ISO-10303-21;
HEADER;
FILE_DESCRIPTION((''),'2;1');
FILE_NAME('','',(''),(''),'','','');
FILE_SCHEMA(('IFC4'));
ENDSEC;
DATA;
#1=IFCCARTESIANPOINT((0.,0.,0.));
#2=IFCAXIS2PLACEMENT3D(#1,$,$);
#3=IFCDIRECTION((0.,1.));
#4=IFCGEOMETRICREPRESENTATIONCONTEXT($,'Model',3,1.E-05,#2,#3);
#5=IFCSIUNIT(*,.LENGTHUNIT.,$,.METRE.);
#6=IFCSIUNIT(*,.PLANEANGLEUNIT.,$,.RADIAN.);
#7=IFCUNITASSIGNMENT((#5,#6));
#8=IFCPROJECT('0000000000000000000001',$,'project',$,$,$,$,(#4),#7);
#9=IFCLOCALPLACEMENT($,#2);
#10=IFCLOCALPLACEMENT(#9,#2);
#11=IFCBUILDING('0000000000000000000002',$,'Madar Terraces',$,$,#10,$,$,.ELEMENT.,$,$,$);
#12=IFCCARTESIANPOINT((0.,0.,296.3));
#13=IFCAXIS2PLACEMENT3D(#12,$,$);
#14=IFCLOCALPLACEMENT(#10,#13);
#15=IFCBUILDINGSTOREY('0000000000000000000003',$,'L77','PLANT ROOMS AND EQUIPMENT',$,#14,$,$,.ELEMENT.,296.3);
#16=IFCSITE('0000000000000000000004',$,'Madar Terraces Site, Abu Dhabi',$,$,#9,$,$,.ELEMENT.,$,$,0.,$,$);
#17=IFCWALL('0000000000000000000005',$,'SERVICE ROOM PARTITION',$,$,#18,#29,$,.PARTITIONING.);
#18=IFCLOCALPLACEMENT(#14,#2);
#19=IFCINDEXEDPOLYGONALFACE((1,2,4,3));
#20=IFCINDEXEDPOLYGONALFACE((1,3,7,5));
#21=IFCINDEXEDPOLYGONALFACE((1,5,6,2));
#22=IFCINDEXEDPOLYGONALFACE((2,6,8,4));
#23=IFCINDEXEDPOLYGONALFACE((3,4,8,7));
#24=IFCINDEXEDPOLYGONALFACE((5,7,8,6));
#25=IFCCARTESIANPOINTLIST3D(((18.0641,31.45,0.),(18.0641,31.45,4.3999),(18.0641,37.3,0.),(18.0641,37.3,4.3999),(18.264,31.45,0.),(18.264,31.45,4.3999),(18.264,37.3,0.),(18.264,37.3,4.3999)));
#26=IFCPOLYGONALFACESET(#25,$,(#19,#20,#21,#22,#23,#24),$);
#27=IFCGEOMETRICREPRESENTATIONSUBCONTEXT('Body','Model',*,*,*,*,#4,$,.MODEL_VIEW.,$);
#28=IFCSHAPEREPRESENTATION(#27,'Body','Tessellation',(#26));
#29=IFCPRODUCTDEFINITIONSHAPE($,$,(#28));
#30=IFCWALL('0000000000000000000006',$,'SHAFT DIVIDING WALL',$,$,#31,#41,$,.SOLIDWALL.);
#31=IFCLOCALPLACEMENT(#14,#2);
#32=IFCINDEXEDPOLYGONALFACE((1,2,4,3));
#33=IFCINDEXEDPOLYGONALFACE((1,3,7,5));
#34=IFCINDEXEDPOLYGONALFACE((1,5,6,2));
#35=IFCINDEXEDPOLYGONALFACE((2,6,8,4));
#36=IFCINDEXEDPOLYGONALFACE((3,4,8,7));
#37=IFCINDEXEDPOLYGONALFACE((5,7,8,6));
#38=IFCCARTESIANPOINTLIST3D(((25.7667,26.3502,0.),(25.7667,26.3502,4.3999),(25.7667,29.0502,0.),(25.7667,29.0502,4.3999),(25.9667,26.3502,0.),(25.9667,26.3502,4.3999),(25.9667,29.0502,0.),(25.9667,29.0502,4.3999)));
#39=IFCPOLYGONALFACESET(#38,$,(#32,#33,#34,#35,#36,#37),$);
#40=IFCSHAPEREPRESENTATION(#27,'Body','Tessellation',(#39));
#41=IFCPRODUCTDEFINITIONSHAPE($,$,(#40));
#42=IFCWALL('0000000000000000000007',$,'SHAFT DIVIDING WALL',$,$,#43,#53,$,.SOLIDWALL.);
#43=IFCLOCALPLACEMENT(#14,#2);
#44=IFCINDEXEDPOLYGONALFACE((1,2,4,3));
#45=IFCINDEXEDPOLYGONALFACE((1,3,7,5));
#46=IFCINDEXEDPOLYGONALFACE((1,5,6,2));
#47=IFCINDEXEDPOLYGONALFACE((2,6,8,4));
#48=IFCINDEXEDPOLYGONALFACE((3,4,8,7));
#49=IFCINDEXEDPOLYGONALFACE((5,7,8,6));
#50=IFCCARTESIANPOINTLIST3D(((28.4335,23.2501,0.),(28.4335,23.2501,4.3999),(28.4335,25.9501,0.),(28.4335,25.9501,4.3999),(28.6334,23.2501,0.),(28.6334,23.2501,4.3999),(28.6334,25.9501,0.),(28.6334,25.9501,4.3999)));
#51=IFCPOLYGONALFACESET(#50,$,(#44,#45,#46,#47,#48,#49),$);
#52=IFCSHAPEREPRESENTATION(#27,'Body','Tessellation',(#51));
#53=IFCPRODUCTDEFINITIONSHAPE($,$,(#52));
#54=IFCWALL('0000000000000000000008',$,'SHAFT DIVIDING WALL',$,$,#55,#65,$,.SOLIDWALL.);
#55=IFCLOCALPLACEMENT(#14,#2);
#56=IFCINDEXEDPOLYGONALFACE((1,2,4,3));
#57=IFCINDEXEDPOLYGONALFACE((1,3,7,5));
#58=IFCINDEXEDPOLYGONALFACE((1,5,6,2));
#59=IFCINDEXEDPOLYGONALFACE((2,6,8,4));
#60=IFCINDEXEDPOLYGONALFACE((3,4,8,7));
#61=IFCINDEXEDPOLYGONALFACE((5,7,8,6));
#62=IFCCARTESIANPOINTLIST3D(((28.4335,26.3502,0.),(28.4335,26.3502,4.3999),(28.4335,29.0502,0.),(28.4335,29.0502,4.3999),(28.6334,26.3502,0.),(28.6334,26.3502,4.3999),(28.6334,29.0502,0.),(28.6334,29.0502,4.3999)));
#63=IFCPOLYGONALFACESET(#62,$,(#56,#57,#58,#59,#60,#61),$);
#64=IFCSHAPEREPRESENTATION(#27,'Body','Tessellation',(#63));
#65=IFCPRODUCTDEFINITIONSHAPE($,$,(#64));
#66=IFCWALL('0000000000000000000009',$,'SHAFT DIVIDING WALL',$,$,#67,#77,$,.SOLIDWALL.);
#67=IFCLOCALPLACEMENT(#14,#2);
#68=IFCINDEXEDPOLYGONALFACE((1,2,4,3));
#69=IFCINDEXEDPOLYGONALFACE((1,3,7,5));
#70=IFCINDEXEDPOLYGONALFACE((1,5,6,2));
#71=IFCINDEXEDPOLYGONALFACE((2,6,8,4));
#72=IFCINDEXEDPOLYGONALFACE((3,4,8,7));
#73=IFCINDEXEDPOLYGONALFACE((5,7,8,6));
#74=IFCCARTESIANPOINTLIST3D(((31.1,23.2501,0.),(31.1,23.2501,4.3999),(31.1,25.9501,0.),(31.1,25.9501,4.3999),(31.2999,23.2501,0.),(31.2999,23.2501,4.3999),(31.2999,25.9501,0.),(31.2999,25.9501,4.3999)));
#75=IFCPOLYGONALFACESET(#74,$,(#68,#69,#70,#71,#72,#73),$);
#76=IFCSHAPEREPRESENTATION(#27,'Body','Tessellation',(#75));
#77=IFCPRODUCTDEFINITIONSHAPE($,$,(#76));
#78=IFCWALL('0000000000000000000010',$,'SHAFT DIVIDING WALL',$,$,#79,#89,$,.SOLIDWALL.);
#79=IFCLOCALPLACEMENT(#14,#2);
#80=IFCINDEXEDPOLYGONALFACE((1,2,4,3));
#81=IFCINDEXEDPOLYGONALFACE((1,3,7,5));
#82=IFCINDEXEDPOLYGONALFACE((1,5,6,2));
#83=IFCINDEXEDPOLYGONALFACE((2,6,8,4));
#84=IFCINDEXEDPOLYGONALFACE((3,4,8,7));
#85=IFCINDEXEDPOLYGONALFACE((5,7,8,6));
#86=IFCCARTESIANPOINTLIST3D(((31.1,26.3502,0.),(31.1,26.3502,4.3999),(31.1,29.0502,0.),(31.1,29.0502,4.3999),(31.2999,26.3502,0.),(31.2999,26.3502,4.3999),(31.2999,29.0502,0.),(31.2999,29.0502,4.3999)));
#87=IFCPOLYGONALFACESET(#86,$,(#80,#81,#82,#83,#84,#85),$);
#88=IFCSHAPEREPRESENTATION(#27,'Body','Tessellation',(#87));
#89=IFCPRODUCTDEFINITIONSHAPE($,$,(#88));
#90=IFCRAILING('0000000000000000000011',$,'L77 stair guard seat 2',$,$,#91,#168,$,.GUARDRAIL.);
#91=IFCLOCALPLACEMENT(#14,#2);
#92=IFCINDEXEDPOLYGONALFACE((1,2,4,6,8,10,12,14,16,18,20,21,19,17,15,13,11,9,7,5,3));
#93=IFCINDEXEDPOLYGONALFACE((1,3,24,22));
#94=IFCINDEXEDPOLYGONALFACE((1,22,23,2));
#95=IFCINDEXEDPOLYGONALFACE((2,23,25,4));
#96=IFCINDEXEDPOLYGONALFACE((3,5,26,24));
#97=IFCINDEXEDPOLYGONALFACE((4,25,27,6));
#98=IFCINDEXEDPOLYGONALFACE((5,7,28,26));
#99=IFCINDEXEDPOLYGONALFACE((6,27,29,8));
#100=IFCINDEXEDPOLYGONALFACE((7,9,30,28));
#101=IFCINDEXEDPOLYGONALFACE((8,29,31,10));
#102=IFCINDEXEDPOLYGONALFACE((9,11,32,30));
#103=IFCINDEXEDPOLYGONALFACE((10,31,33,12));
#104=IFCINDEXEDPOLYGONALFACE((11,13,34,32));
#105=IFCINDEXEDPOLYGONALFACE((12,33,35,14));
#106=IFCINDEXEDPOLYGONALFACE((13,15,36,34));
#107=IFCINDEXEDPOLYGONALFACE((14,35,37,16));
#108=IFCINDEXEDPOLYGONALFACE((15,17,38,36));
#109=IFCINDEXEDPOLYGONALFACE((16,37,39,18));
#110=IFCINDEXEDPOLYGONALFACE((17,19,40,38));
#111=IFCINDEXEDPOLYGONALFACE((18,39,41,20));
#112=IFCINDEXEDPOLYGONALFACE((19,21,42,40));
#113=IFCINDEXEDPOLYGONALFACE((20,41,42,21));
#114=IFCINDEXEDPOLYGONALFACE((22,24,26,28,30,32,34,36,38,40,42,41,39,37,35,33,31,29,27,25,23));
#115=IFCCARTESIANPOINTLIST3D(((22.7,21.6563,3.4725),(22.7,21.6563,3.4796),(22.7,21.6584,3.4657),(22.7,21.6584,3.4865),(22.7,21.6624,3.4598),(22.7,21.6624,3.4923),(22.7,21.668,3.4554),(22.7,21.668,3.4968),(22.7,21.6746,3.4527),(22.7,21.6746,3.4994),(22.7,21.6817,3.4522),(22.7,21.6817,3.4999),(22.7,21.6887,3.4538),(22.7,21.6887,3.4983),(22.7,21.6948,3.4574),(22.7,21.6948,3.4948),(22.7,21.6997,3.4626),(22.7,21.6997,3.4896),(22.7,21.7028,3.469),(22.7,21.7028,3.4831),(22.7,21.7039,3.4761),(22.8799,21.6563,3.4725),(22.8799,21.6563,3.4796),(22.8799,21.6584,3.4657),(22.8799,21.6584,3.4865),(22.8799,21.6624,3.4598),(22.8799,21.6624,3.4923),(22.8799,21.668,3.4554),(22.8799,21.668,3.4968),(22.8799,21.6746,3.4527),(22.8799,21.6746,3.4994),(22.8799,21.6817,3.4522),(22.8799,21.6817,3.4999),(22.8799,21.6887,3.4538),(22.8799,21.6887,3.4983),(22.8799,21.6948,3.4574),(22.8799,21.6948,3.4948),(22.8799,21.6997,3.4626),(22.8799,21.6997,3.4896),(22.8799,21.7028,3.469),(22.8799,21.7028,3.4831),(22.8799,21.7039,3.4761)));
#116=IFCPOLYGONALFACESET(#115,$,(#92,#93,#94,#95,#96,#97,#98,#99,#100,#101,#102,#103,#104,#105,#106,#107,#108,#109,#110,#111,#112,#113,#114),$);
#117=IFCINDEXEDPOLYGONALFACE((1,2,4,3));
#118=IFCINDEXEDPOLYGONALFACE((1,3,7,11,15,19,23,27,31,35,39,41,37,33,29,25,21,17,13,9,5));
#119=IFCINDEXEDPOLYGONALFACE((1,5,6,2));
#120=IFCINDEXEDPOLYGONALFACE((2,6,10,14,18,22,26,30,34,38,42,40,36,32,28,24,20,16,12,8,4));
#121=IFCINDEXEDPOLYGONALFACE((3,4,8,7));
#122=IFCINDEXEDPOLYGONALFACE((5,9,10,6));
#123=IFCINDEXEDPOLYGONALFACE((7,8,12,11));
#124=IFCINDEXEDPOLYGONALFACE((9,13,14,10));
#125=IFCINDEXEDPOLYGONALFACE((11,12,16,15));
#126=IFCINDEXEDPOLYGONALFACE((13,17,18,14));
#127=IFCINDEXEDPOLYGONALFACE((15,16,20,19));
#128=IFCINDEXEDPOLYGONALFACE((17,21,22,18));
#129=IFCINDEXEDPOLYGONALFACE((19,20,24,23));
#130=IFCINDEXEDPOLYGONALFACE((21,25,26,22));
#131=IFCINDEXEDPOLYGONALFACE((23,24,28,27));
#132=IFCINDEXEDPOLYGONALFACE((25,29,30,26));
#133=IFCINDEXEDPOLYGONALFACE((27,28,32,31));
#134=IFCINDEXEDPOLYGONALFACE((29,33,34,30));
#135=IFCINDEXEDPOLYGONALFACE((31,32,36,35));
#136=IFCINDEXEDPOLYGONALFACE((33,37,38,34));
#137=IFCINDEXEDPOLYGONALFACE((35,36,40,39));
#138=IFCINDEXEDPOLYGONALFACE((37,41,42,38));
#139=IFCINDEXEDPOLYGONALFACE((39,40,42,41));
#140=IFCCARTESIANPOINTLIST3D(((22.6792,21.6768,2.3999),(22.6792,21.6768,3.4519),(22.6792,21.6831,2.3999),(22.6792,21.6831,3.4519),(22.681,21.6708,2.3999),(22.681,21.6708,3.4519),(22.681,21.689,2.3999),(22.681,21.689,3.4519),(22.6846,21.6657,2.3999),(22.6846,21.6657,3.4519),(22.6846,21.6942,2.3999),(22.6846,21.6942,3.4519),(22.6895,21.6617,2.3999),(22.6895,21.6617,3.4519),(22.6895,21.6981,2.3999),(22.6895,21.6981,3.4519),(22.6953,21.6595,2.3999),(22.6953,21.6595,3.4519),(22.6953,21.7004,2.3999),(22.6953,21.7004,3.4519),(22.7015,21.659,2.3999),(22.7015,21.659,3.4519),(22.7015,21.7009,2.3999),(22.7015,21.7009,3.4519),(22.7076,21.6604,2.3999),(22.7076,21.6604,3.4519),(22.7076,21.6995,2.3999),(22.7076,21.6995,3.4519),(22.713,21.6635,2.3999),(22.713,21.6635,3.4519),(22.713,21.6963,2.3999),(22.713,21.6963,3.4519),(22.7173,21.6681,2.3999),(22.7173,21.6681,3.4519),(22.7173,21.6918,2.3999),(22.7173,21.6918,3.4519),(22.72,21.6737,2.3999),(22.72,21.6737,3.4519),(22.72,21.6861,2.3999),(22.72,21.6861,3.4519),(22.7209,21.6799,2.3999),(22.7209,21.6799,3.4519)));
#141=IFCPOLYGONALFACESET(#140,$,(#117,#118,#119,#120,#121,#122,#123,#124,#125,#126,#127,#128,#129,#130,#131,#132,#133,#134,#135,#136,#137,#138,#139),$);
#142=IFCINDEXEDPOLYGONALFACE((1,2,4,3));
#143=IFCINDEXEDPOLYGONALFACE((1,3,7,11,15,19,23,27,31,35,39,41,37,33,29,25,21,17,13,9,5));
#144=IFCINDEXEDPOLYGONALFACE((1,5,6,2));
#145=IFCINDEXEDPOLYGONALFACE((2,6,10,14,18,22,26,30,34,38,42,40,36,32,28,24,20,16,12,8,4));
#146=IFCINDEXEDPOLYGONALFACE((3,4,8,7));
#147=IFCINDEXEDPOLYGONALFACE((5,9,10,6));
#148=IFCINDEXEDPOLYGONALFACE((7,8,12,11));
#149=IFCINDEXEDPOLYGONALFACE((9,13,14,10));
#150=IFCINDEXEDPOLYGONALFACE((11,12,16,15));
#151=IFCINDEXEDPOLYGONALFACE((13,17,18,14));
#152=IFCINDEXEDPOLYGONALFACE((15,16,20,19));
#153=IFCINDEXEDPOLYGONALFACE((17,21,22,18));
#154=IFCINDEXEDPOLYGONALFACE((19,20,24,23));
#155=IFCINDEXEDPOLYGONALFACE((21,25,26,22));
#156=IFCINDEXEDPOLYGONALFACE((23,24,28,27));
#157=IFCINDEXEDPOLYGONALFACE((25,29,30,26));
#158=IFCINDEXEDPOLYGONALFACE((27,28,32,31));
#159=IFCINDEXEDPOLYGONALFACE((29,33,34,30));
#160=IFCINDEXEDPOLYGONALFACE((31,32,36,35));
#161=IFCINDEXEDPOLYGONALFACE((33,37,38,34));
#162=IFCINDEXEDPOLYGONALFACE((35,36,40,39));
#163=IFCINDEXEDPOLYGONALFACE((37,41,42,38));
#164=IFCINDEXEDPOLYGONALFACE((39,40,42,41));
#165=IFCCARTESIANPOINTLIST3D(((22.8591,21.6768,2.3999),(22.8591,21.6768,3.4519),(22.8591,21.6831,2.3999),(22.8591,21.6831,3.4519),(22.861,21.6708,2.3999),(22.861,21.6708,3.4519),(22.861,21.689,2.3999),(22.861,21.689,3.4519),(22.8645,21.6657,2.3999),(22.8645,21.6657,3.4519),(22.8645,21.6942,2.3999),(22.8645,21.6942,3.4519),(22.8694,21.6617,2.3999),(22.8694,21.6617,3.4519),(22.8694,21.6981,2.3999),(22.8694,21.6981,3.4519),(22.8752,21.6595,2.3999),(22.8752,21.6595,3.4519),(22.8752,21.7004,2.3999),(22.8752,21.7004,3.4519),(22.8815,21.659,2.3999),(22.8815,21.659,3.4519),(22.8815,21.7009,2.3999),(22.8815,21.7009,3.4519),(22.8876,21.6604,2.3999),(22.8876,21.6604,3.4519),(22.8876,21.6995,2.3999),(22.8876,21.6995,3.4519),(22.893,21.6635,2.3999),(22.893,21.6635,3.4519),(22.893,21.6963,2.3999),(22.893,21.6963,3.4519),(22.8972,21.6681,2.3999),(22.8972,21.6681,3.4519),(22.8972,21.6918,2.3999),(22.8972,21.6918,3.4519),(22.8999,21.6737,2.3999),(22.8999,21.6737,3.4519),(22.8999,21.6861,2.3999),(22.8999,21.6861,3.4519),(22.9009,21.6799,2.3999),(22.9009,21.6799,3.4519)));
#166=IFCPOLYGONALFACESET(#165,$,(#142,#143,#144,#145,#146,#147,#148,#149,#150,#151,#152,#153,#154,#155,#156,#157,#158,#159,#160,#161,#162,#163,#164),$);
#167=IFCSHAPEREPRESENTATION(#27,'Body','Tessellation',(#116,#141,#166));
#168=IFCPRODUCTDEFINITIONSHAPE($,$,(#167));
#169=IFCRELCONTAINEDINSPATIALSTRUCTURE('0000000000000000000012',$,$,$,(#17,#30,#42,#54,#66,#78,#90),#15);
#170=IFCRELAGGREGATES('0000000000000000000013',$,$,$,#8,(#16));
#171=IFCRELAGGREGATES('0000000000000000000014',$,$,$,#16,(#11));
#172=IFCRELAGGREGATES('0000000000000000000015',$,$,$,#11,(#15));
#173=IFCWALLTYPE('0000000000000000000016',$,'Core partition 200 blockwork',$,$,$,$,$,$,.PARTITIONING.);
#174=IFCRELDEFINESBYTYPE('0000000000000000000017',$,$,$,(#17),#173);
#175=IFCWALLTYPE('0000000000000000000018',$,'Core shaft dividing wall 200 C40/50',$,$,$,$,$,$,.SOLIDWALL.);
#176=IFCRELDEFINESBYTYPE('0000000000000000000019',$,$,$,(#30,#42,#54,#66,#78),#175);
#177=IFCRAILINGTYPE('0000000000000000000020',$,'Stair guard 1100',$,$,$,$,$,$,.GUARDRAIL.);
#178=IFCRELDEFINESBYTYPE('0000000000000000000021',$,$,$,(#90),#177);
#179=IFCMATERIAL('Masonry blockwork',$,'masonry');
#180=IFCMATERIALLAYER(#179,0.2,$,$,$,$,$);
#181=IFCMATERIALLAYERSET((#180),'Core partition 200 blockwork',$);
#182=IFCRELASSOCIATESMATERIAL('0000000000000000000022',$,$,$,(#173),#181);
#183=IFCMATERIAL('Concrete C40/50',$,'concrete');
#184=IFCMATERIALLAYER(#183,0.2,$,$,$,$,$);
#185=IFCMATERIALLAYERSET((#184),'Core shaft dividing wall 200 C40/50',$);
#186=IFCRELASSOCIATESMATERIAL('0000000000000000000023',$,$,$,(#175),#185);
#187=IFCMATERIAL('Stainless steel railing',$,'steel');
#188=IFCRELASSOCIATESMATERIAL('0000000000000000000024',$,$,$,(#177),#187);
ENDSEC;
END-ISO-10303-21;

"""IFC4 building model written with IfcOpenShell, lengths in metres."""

from ifc_helpers import new_model, si_unit, direction, frame, frame_2d, origin, origin_2d, place, context, subcontext, project, spatial, rectangle, circle, extrude, material, layer, layer_set, type_object, element, save


model = new_model("IFC4")

# Units and contexts
model_context = context("Model", 3, precision=1e-05, world=origin(), true_north=direction((0.0, 1.0)))
body_context = subcontext(model_context, "Body", "Model", "MODEL_VIEW")
ifc_project = project(units=[si_unit("LENGTHUNIT", "METRE"), si_unit("PLANEANGLEUNIT", "RADIAN")], contexts=[model_context])

# Site, building, storey
site_placement = place(None, origin())
site = spatial("IfcSite", under=ifc_project, at=site_placement, Name="Madar Terraces Site, Abu Dhabi", CompositionType="ELEMENT", RefElevation=0.0)
building_placement = place(site_placement, origin())
building = spatial("IfcBuilding", under=site, at=building_placement, Name="Madar Terraces", CompositionType="ELEMENT")
storey_placement = place(building_placement, frame((0.0, 0.0, 296.3)))
storey = spatial("IfcBuildingStorey", under=building, at=storey_placement, Name="L77", Description="PLANT ROOMS AND EQUIPMENT", CompositionType="ELEMENT", Elevation=296.3)

# Walls
ifc_material_1 = material(Name="Masonry blockwork", Category="masonry")
ifc_layer_1 = layer(ifc_material_1, 0.2)
ifc_layer_set_1 = layer_set([ifc_layer_1], Name="Core partition 200 blockwork")
wall_type_1 = type_object("IfcWallType", Name="Core partition 200 blockwork", PredefinedType="PARTITIONING", material=ifc_layer_set_1)
wall_1_placement = place(storey_placement, frame((18.1641, 31.45, 0.0), z_axis=(0.0, 0.0, 1.0), x_axis=(0.0, 1.0, 0.0)))
element("IfcWall", 1, at=wall_1_placement, inside=storey, type_object=wall_type_1, Name="SERVICE ROOM PARTITION", PredefinedType="PARTITIONING", context=body_context, shape_type="SweptSolid", body=[
    extrude(rectangle(XDim=5.8501, YDim=0.2, at=frame_2d((2.925, 0.0))), origin(), (0.0, 0.0, 1.0), 4.3999),
])
ifc_material_2 = material(Name="Concrete C40/50", Category="concrete")
ifc_layer_2 = layer(ifc_material_2, 0.2)
ifc_layer_set_2 = layer_set([ifc_layer_2], Name="Core shaft dividing wall 200 C40/50")
wall_type_2 = type_object("IfcWallType", Name="Core shaft dividing wall 200 C40/50", PredefinedType="SOLIDWALL", material=ifc_layer_set_2)
for number, where, z_axis, x_axis, name in (
    (2, (25.8667, 26.3501, 0.0), (0.0, 0.0, 1.0), (0.0, 1.0, 0.0), "SHAFT DIVIDING WALL"),
    (3, (28.5334, 23.25, 0.0), (0.0, 0.0, 1.0), (0.0, 1.0, 0.0), "SHAFT DIVIDING WALL"),
    (4, (28.5334, 26.3501, 0.0), (0.0, 0.0, 1.0), (0.0, 1.0, 0.0), "SHAFT DIVIDING WALL"),
    (5, (31.2, 23.25, 0.0), (0.0, 0.0, 1.0), (0.0, 1.0, 0.0), "SHAFT DIVIDING WALL"),
    (6, (31.2, 26.3501, 0.0), (0.0, 0.0, 1.0), (0.0, 1.0, 0.0), "SHAFT DIVIDING WALL"),
):
    element("IfcWall", number, at=place(storey_placement, frame(where, z_axis=z_axis, x_axis=x_axis)), inside=storey, type_object=wall_type_2, Name=name, PredefinedType="SOLIDWALL", context=body_context, shape_type="SweptSolid", body=[
        extrude(rectangle(XDim=2.7, YDim=0.2, at=frame_2d((1.3501, 0.0))), origin(), (0.0, 0.0, 1.0), 4.3999),
    ])

# Railing
ifc_material_3 = material(Name="Stainless steel railing", Category="steel")
railing_type = type_object("IfcRailingType", Name="Stair guard 1100", PredefinedType="GUARDRAIL", material=ifc_material_3)
railing_placement = place(storey_placement, frame((22.7, 21.6799, 2.3999)))
element("IfcRailing", 7, at=railing_placement, inside=storey, type_object=railing_type, Name="L77 stair guard seat 2", PredefinedType="GUARDRAIL", context=body_context, shape_type="SweptSolid", body=[
    extrude(circle(Radius=0.0239, at=origin_2d()), frame((0.0, 0.0, 1.0762), z_axis=(1.0, 0.0, 0.0), x_axis=(0.0, 1.0, 0.0)), (0.0, 0.0, 1.0), 0.1799),
    extrude(circle(Radius=0.021, at=origin_2d()), origin(), (0.0, 0.0, 1.0), 1.052),
    extrude(circle(Radius=0.021, at=origin_2d()), frame((0.1799, 0.0, 0.0)), (0.0, 0.0, 1.0), 1.052),
])

save(model, "model.ifc")
